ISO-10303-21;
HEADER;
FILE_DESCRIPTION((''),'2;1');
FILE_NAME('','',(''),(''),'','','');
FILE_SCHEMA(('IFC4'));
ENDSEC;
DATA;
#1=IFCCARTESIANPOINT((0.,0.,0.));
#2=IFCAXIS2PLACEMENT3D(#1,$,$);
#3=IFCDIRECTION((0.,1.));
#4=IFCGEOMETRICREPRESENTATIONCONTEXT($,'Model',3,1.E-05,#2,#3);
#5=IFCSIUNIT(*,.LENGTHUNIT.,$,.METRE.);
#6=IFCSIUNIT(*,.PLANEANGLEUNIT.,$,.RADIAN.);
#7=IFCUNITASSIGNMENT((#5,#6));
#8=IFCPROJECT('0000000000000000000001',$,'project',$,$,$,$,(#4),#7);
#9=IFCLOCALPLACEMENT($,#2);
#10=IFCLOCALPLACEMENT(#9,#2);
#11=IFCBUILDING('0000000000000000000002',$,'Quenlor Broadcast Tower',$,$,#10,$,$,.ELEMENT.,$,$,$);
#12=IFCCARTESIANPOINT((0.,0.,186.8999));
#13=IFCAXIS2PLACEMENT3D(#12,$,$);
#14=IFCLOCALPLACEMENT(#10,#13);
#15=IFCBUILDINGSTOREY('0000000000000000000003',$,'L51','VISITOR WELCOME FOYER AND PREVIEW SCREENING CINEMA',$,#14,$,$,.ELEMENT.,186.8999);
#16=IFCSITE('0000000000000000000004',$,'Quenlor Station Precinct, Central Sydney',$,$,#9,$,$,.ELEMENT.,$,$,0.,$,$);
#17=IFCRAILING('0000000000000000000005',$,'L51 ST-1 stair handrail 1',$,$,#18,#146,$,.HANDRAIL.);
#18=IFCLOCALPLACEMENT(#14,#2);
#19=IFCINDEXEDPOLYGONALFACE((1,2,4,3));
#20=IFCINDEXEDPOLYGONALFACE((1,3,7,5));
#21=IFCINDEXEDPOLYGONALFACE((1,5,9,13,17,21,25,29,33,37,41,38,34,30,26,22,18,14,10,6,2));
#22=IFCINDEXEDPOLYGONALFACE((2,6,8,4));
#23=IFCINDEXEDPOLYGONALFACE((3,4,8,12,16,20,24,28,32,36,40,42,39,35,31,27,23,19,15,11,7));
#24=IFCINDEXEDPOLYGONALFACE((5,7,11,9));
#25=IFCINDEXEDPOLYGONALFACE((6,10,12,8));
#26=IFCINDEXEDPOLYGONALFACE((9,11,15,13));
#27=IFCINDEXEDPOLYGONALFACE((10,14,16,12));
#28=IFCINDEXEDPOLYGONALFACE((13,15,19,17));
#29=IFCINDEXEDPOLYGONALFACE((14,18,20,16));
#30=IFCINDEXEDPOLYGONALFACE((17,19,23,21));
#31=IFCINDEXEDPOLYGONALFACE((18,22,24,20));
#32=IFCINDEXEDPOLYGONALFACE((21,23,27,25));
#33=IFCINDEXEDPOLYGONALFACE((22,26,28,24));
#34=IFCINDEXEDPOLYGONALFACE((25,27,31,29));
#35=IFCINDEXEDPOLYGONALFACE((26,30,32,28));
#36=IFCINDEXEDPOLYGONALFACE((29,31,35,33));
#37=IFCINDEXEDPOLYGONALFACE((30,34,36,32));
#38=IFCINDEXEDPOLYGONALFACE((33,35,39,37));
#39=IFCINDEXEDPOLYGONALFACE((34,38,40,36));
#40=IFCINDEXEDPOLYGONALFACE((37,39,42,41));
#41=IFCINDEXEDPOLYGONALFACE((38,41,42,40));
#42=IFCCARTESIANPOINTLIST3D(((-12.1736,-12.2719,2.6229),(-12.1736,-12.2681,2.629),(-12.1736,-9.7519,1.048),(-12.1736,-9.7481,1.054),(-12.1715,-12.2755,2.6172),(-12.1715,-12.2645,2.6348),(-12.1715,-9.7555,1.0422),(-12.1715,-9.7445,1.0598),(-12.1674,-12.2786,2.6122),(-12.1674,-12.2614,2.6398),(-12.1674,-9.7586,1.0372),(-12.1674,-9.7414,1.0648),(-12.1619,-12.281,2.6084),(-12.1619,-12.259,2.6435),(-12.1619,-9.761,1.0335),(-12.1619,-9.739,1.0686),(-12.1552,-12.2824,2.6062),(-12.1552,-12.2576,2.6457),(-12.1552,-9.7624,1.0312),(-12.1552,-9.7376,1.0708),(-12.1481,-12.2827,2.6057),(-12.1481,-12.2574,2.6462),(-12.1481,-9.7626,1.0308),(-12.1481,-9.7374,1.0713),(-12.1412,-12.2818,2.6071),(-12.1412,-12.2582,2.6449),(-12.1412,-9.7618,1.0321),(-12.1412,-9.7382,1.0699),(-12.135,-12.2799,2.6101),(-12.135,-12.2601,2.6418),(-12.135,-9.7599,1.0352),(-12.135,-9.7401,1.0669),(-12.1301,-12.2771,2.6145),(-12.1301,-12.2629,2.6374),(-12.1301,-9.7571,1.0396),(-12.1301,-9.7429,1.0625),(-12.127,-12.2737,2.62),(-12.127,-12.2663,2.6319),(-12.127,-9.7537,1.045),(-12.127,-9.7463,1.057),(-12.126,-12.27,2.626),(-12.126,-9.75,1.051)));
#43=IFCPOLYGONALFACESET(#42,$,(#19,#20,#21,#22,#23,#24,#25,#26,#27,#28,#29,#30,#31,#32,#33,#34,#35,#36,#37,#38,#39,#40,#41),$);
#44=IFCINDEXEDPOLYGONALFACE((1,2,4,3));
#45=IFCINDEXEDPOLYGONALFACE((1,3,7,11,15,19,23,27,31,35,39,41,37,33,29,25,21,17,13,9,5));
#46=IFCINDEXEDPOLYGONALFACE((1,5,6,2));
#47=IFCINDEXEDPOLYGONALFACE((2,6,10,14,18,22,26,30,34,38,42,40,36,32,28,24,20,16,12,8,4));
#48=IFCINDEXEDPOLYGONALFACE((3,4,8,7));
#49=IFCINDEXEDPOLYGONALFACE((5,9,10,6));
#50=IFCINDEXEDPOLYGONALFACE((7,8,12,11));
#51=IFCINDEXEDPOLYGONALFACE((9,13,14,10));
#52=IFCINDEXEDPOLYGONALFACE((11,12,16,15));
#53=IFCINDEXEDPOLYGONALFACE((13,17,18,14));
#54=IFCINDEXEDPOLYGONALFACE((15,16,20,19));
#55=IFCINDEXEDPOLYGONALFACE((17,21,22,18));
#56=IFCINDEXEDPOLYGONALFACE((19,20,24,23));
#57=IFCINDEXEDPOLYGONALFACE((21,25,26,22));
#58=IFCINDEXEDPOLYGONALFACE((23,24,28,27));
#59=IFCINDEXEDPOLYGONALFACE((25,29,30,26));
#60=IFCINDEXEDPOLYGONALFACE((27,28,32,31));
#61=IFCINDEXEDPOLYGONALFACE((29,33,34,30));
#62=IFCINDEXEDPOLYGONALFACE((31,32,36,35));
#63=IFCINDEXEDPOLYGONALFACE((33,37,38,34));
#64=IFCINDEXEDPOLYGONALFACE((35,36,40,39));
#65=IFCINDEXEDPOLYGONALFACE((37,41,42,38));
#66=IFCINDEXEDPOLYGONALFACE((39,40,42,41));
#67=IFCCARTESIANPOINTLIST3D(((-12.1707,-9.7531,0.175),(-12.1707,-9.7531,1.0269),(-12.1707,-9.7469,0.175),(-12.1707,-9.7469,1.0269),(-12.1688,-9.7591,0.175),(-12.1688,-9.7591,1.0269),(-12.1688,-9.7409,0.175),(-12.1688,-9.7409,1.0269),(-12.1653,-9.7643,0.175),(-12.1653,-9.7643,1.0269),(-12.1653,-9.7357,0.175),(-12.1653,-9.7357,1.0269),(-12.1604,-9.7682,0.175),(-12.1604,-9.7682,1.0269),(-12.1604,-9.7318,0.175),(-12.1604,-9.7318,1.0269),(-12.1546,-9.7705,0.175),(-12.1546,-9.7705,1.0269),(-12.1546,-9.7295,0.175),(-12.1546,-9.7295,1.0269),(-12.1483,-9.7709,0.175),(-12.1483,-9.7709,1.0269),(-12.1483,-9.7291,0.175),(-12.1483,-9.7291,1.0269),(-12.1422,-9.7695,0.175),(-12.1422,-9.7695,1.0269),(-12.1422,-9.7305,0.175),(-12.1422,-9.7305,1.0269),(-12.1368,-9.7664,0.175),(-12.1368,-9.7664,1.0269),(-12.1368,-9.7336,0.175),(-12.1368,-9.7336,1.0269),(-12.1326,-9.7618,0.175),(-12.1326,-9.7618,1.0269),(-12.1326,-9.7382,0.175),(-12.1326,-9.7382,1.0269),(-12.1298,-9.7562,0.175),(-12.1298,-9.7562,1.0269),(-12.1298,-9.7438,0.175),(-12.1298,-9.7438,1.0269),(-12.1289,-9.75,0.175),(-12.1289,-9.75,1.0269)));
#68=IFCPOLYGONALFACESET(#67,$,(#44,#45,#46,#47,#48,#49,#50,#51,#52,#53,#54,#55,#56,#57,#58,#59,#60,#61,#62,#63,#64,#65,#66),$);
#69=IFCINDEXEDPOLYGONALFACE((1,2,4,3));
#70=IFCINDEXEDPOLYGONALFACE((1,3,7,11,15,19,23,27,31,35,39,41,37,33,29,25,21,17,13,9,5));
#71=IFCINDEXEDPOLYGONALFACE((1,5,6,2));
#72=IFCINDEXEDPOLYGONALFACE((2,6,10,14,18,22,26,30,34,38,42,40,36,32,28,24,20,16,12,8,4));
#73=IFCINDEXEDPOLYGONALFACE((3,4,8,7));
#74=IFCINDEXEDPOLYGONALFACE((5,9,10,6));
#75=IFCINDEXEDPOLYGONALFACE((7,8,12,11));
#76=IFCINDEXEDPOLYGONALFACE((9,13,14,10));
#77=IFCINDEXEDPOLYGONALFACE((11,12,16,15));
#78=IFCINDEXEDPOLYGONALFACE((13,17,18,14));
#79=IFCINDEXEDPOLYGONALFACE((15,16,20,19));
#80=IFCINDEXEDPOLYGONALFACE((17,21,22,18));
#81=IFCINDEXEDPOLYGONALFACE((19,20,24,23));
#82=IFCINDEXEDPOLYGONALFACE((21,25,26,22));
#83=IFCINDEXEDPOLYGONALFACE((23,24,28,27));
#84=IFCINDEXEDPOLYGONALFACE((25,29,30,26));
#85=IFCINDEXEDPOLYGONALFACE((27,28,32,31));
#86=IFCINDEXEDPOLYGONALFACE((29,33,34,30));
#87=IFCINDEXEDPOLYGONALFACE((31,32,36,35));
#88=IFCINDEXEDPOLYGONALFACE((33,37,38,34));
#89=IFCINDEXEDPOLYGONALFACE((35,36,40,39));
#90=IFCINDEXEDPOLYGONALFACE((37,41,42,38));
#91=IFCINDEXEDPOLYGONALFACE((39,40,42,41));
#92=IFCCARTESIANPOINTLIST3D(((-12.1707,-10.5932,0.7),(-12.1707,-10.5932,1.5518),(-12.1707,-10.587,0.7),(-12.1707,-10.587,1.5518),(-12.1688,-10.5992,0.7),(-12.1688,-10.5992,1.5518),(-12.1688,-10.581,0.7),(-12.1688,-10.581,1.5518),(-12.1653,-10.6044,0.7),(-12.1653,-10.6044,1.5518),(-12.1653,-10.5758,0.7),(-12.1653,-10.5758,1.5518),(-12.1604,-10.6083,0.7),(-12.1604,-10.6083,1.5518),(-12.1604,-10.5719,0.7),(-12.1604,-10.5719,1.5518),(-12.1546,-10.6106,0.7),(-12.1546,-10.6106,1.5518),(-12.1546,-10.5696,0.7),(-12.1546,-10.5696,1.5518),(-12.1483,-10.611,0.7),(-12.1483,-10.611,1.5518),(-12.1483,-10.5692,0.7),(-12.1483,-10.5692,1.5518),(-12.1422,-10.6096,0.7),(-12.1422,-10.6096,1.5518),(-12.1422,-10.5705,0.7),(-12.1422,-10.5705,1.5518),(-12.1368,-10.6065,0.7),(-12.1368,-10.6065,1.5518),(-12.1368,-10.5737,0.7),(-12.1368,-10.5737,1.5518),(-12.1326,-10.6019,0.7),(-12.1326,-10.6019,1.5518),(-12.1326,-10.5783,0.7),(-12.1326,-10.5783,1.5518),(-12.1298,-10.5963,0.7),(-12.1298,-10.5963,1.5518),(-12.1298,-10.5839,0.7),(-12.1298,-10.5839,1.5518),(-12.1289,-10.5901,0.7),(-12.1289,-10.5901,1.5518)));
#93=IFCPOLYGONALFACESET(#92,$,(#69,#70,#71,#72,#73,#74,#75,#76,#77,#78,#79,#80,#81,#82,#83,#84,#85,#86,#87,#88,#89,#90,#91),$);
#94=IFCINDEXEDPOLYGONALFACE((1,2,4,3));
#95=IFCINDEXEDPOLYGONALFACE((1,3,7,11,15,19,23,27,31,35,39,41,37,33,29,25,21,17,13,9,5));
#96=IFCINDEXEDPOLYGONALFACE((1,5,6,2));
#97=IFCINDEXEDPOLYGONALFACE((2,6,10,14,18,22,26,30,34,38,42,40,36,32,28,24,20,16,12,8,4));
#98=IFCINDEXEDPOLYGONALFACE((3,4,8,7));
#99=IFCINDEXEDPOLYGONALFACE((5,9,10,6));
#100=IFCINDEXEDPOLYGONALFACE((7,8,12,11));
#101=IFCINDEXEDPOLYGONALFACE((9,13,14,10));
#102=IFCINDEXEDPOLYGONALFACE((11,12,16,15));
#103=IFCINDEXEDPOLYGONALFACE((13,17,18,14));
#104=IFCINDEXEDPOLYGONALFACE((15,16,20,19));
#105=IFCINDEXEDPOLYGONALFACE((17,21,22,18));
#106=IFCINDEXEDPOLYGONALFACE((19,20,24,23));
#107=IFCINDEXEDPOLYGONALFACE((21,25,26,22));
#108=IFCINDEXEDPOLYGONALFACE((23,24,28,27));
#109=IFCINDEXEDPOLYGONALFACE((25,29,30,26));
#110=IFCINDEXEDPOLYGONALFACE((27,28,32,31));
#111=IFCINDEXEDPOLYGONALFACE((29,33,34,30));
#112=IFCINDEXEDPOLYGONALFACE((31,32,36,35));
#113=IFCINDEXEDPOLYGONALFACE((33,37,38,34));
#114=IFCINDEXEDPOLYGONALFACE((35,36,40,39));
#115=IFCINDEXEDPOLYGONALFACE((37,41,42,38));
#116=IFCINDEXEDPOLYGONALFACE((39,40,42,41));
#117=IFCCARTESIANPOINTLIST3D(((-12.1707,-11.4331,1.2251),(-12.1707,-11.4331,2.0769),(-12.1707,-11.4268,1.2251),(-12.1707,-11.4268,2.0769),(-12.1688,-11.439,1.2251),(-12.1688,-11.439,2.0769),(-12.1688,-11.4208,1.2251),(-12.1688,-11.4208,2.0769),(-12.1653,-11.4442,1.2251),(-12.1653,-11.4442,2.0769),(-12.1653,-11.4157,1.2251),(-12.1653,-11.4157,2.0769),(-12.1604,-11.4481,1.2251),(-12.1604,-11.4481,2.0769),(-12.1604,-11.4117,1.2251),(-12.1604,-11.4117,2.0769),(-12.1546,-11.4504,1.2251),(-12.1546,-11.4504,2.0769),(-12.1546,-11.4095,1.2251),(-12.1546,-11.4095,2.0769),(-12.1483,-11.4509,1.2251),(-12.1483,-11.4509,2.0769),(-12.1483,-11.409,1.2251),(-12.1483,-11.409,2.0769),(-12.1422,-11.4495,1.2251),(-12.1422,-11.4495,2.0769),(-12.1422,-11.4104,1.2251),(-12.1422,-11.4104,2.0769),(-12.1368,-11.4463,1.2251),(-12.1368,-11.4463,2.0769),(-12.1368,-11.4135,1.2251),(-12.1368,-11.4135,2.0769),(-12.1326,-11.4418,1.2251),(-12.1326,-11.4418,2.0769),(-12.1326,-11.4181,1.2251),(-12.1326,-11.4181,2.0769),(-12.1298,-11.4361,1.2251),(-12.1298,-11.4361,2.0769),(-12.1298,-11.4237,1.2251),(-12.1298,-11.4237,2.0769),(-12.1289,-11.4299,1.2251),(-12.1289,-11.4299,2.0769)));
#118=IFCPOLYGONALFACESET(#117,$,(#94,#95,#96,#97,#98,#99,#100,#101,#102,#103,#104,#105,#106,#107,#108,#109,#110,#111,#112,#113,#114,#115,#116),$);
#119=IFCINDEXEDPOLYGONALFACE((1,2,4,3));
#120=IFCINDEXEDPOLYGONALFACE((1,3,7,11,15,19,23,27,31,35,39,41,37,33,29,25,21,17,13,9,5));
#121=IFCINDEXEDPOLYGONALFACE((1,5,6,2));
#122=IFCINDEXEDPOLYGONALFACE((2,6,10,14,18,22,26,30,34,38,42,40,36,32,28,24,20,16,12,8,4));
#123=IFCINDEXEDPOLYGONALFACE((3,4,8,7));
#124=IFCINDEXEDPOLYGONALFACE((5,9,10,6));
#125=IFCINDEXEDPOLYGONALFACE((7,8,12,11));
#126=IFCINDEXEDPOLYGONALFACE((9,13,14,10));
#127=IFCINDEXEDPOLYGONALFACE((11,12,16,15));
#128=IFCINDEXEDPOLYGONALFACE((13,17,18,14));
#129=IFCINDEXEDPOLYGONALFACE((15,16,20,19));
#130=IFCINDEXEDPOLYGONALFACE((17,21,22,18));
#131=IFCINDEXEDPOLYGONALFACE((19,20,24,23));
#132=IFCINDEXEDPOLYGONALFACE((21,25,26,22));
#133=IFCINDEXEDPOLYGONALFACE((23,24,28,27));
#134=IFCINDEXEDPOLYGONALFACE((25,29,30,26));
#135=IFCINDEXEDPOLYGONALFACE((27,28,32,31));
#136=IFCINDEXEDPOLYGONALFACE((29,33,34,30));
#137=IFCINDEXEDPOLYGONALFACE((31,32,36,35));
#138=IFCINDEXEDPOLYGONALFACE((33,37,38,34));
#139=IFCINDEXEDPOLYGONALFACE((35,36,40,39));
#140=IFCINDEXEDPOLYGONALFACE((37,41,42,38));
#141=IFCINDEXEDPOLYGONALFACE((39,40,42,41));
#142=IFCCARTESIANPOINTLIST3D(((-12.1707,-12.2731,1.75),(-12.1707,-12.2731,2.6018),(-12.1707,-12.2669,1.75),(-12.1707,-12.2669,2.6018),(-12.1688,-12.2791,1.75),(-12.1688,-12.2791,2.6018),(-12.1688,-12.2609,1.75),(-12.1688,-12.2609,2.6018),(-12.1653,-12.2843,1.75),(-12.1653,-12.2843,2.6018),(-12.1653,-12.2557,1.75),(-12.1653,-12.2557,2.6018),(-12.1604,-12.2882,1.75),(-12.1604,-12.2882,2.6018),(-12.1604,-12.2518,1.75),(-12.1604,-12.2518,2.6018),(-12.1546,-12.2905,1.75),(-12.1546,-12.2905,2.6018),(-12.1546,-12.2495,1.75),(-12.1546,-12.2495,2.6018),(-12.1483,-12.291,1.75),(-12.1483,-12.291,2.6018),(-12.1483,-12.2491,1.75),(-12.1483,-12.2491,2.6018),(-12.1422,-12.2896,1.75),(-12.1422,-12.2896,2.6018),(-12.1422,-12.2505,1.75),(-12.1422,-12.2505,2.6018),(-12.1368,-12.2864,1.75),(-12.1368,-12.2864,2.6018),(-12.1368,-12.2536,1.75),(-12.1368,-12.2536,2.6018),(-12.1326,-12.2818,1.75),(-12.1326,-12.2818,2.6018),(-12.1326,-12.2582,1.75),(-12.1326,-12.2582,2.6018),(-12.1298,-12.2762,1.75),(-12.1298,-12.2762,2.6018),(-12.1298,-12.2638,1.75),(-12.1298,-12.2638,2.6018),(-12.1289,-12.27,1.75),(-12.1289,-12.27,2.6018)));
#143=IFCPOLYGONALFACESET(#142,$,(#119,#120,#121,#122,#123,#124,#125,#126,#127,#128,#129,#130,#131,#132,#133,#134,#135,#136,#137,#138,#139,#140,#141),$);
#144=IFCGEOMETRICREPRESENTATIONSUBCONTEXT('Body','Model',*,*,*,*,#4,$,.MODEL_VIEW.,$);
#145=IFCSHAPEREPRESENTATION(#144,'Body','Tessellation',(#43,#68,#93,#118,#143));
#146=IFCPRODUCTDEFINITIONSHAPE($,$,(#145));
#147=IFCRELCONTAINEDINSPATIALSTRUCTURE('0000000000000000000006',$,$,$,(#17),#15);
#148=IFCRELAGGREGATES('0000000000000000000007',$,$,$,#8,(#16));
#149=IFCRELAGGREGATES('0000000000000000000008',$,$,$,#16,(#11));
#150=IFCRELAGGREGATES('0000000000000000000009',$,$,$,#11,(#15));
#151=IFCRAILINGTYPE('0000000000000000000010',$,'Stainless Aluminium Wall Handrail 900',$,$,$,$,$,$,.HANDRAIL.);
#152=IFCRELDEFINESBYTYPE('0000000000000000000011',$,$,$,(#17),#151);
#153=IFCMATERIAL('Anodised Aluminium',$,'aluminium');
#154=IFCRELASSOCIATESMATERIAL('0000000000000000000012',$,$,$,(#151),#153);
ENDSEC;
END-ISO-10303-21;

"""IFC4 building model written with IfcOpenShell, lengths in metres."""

from ifc_helpers import new_model, si_unit, direction, frame, origin, origin_2d, place, context, subcontext, project, spatial, circle, extrude, material, type_object, element, save


model = new_model("IFC4")

# Units and contexts
model_context = context("Model", 3, precision=1e-05, world=origin(), true_north=direction((0.0, 1.0)))
body_context = subcontext(model_context, "Body", "Model", "MODEL_VIEW")
ifc_project = project(units=[si_unit("LENGTHUNIT", "METRE"), si_unit("PLANEANGLEUNIT", "RADIAN")], contexts=[model_context])

# Site, building, storey
site_placement = place(None, origin())
site = spatial("IfcSite", under=ifc_project, at=site_placement, Name="Quenlor Station Precinct, Central Sydney", CompositionType="ELEMENT", RefElevation=0.0)
building_placement = place(site_placement, origin())
building = spatial("IfcBuilding", under=site, at=building_placement, Name="Quenlor Broadcast Tower", CompositionType="ELEMENT")
storey_placement = place(building_placement, frame((0.0, 0.0, 186.8999)))
storey = spatial("IfcBuildingStorey", under=building, at=storey_placement, Name="L51", Description="VISITOR WELCOME FOYER AND PREVIEW SCREENING CINEMA", CompositionType="ELEMENT", Elevation=186.8999)

# Railing
ifc_material_1 = material(Name="Anodised Aluminium", Category="aluminium")
railing_type = type_object("IfcRailingType", Name="Stainless Aluminium Wall Handrail 900", PredefinedType="HANDRAIL", material=ifc_material_1)
railing_placement = place(storey_placement, frame((-12.1499, -9.75, 0.175)))
element("IfcRailing", 1, at=railing_placement, inside=storey, type_object=railing_type, Name="L51 ST-1 stair handrail 1", PredefinedType="HANDRAIL", context=body_context, shape_type="SweptSolid", body=[
    extrude(circle(Radius=0.0239, at=origin_2d()), frame((0.0, 0.0, 0.876), z_axis=(0.0, -0.848008, 0.529984), x_axis=(1.0, 0.0, 0.0)), (0.0, 0.0, 1.0), 2.9717),
    extrude(circle(Radius=0.021, at=origin_2d()), origin(), (0.0, 0.0, 1.0), 0.8518),
    extrude(circle(Radius=0.021, at=origin_2d()), frame((0.0, -0.8401, 0.5249)), (0.0, 0.0, 1.0), 0.8518),
    extrude(circle(Radius=0.021, at=origin_2d()), frame((0.0, -1.6799, 1.05)), (0.0, 0.0, 1.0), 0.8518),
    extrude(circle(Radius=0.021, at=origin_2d()), frame((0.0, -2.52, 1.575)), (0.0, 0.0, 1.0), 0.8518),
])

save(model, "model.ifc")
